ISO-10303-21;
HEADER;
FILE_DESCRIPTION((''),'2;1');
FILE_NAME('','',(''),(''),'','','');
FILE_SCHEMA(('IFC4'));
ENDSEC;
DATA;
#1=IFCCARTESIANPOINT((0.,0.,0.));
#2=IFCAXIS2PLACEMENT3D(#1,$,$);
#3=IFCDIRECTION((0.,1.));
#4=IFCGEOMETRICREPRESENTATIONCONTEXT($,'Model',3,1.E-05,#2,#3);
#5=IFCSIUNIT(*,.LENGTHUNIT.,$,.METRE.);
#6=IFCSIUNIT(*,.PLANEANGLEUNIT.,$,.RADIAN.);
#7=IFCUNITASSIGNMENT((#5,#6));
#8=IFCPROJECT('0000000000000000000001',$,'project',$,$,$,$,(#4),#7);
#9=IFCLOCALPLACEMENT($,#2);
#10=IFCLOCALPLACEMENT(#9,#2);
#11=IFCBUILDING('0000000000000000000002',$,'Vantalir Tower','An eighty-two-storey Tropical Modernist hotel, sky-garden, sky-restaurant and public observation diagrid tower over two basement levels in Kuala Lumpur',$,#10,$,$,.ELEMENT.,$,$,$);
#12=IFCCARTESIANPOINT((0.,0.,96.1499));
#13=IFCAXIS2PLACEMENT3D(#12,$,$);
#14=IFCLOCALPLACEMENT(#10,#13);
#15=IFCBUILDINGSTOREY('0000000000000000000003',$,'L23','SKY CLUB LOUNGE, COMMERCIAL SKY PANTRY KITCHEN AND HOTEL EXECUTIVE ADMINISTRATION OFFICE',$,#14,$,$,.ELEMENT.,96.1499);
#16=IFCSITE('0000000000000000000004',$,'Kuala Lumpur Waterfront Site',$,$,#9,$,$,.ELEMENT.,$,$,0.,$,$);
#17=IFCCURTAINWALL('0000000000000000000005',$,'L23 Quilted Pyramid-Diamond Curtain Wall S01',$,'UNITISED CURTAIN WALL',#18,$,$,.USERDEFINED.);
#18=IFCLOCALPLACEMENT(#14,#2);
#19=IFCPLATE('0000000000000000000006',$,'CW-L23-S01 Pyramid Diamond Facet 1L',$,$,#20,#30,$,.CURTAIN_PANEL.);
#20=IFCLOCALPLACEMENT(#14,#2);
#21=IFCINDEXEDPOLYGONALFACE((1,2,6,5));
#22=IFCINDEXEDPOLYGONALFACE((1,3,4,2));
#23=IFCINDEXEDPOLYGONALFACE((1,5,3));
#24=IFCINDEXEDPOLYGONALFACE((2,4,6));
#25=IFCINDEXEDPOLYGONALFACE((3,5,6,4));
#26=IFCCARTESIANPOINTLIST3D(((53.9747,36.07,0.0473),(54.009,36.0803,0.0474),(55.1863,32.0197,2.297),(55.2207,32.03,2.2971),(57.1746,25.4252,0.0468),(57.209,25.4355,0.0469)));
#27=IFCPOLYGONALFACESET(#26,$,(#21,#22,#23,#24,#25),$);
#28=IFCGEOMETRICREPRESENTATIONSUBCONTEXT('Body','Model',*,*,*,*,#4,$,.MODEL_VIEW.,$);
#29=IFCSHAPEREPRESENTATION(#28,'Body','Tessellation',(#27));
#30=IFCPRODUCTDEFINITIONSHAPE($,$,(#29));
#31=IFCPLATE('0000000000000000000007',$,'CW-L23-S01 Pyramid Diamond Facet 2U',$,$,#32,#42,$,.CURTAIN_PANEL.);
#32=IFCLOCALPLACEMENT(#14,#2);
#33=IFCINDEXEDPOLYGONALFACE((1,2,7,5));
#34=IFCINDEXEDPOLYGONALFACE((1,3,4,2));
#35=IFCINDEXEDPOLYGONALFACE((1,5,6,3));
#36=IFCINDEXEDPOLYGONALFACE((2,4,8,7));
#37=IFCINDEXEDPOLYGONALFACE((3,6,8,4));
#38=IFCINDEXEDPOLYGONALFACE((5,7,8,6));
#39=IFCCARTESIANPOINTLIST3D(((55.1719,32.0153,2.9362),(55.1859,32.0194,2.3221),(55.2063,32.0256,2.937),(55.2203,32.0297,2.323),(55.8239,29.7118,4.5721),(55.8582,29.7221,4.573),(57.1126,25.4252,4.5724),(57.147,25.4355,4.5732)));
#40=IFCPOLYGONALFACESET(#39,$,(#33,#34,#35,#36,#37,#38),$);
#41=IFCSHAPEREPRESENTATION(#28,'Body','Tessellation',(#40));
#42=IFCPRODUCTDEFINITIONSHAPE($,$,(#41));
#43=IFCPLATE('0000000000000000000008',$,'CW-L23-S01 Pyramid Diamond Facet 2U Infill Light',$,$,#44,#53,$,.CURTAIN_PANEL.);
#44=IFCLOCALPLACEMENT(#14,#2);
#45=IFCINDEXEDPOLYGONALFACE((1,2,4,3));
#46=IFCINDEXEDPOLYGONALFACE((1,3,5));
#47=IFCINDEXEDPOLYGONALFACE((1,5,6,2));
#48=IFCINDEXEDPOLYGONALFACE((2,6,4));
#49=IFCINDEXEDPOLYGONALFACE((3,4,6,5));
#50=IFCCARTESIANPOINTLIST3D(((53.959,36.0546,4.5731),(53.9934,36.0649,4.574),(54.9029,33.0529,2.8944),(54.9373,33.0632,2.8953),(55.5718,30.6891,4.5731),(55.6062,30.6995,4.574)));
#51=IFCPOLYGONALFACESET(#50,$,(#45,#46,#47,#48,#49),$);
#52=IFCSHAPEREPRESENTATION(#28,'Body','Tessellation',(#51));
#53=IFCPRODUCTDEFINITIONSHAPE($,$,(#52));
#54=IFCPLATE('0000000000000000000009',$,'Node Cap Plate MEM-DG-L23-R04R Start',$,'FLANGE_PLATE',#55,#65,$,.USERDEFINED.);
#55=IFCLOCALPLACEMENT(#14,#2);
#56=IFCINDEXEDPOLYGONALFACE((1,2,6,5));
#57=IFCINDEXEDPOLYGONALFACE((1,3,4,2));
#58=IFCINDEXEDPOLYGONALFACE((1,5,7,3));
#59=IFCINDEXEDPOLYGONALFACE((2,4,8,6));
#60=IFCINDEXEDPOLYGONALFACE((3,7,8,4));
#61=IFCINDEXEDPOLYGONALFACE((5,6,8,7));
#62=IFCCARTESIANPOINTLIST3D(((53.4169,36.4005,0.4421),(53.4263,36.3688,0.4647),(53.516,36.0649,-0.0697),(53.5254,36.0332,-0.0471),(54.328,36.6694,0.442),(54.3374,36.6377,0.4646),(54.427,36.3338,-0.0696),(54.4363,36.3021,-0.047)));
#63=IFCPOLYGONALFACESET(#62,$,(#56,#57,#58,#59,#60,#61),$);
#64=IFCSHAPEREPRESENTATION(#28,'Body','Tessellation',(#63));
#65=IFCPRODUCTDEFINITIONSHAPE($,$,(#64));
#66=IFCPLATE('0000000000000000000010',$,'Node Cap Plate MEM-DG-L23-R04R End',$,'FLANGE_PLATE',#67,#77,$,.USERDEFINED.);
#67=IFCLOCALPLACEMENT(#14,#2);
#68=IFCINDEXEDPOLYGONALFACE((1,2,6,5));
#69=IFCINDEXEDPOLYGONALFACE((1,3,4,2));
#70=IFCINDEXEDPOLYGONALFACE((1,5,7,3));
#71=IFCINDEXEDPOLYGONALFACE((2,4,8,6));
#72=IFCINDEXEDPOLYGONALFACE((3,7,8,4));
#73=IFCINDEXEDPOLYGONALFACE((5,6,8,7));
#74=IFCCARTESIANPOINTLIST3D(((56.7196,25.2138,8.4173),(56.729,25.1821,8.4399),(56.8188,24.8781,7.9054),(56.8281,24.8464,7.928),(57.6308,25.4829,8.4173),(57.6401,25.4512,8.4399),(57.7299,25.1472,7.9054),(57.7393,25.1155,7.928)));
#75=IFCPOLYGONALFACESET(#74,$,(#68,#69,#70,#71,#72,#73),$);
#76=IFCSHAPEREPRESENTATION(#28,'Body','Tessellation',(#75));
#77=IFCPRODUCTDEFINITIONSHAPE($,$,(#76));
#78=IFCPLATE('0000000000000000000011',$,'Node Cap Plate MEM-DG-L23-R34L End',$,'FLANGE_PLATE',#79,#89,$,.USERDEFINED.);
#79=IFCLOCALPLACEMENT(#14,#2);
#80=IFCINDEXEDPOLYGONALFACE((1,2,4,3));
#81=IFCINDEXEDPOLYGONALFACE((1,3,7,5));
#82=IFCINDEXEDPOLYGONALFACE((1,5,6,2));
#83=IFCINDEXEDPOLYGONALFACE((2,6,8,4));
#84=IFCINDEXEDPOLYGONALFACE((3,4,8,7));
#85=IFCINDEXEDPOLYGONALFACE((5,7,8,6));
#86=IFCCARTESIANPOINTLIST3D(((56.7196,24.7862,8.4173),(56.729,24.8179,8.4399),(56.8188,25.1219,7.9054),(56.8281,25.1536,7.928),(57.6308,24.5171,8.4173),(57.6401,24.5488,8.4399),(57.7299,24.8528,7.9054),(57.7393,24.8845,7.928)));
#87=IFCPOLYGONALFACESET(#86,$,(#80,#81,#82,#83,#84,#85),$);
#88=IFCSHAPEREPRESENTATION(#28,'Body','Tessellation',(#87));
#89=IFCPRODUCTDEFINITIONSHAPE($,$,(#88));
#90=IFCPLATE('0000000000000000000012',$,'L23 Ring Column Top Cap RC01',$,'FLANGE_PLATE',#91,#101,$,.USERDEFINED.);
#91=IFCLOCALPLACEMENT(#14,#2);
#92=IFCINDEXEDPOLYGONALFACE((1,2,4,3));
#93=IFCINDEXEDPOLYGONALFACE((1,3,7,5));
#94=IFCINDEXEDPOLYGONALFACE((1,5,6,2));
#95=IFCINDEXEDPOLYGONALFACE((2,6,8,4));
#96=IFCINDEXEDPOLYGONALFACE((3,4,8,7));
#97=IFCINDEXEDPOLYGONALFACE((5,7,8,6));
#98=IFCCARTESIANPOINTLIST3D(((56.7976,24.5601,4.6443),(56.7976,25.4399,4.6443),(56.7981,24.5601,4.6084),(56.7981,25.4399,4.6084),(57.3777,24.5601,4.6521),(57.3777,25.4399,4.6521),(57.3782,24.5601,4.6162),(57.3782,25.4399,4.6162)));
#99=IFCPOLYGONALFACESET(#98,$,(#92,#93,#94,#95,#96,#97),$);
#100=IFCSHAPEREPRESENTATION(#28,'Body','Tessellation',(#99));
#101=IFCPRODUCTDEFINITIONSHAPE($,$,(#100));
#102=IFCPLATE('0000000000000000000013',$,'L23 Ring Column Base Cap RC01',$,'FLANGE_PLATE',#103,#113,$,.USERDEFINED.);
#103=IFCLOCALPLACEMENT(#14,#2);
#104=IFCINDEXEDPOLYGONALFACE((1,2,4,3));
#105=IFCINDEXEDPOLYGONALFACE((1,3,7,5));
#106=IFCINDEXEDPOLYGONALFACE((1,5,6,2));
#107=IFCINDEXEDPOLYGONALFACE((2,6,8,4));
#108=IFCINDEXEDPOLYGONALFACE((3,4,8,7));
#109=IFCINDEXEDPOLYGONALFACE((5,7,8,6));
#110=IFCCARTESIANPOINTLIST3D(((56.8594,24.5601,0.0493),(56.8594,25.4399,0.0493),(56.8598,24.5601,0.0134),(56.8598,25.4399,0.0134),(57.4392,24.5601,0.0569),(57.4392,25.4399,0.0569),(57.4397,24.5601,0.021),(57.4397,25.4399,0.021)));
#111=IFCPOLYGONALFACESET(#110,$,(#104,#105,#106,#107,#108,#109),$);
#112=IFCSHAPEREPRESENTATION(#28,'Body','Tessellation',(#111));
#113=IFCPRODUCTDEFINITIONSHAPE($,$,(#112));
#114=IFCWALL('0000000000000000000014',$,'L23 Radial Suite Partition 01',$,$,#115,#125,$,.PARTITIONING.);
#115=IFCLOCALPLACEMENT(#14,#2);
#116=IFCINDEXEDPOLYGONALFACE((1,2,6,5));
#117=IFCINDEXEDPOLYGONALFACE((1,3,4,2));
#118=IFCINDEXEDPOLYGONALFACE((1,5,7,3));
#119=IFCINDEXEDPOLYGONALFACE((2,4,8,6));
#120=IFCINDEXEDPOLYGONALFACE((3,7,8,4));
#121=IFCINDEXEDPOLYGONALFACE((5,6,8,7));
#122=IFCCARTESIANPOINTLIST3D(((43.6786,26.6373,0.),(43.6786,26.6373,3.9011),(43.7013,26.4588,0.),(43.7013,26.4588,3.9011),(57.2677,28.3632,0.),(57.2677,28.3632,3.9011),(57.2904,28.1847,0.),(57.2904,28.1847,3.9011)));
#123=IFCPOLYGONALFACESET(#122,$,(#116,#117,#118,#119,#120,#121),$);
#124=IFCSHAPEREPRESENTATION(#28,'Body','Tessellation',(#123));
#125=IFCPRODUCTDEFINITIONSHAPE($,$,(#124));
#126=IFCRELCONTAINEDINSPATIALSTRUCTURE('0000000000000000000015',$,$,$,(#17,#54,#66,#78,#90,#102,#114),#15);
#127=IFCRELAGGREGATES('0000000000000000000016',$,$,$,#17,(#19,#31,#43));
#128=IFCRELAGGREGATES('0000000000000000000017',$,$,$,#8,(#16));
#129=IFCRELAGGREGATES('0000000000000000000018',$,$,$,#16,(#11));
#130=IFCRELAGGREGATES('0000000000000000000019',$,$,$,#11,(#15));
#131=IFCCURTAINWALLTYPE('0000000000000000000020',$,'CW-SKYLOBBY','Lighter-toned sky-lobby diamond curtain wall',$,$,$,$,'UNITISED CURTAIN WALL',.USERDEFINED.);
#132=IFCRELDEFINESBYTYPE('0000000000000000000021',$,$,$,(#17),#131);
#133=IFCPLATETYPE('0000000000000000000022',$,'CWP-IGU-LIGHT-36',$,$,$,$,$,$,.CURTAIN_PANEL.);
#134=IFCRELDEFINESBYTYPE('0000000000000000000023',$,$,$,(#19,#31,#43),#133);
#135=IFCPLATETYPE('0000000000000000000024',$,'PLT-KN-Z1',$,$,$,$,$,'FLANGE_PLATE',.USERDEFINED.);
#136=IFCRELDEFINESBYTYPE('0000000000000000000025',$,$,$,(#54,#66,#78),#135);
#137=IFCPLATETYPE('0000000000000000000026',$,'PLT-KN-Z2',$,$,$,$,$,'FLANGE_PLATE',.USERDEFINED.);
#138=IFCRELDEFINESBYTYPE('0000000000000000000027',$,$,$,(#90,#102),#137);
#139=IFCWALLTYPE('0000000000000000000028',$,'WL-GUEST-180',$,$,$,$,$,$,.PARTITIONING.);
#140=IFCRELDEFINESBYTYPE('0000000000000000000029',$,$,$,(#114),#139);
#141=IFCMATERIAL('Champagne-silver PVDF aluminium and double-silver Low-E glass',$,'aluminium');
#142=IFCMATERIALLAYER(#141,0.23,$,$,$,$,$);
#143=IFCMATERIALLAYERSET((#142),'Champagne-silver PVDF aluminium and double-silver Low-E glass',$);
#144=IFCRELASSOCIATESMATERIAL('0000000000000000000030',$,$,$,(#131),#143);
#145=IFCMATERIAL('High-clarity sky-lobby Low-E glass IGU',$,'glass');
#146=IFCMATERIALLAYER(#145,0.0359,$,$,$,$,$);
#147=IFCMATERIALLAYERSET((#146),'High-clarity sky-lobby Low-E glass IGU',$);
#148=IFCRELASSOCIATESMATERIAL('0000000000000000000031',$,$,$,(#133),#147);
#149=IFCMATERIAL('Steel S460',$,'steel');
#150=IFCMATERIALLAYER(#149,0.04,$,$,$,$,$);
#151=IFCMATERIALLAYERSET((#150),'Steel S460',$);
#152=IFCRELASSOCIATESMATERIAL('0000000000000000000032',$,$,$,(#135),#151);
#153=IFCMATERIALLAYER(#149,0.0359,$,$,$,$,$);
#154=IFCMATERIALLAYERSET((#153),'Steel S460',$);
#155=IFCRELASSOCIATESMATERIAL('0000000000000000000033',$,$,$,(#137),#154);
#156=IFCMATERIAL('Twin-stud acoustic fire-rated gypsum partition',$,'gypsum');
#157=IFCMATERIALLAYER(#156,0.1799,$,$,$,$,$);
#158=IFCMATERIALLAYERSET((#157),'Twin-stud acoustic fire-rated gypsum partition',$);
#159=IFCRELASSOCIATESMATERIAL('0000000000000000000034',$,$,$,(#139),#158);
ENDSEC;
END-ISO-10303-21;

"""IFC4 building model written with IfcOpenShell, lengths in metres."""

from ifc_helpers import new_model, si_unit, direction, frame, frame_2d, origin, place, context, subcontext, project, spatial, polyline, rectangle, outline, extrude, material, layer, layer_set, type_object, element, aggregate, save


model = new_model("IFC4")

# Units and contexts
model_context = context("Model", 3, precision=1e-05, world=origin(), true_north=direction((0.0, 1.0)))
body_context = subcontext(model_context, "Body", "Model", "MODEL_VIEW")
ifc_project = project(units=[si_unit("LENGTHUNIT", "METRE"), si_unit("PLANEANGLEUNIT", "RADIAN")], contexts=[model_context])

# Site, building, storey
site_placement = place(None, origin())
site = spatial("IfcSite", under=ifc_project, at=site_placement, Name="Kuala Lumpur Waterfront Site", CompositionType="ELEMENT", RefElevation=0.0)
building_placement = place(site_placement, origin())
building = spatial("IfcBuilding", under=site, at=building_placement, Name="Vantalir Tower", Description="An eighty-two-storey Tropical Modernist hotel, sky-garden, sky-restaurant and public observation diagrid tower over two basement levels in Kuala Lumpur", CompositionType="ELEMENT")
storey_placement = place(building_placement, frame((0.0, 0.0, 96.1499)))
storey = spatial("IfcBuildingStorey", under=building, at=storey_placement, Name="L23", Description="SKY CLUB LOUNGE, COMMERCIAL SKY PANTRY KITCHEN AND HOTEL EXECUTIVE ADMINISTRATION OFFICE", CompositionType="ELEMENT", Elevation=96.1499)

# Shared definitions
ifc_material_1 = material(Name="Steel S460", Category="steel")

# Curtain wall
ifc_material_2 = material(Name="Champagne-silver PVDF aluminium and double-silver Low-E glass", Category="aluminium")
ifc_layer_1 = layer(ifc_material_2, 0.23)
ifc_layer_set_1 = layer_set([ifc_layer_1], Name="Champagne-silver PVDF aluminium and double-silver Low-E glass")
curtain_wall_type = type_object("IfcCurtainWallType", Name="CW-SKYLOBBY", Description="Lighter-toned sky-lobby diamond curtain wall", ElementType="UNITISED CURTAIN WALL", PredefinedType="USERDEFINED", material=ifc_layer_set_1)
curtain_wall_1_placement = place(storey_placement, origin())
curtain_wall_1 = element("IfcCurtainWall", 1, at=curtain_wall_1_placement, inside=storey, type_object=curtain_wall_type, Name="L23 Quilted Pyramid-Diamond Curtain Wall S01", ObjectType="UNITISED CURTAIN WALL", PredefinedType="USERDEFINED")

# Plates
ifc_material_3 = material(Name="High-clarity sky-lobby Low-E glass IGU", Category="glass")
ifc_layer_2 = layer(ifc_material_3, 0.0359)
ifc_layer_set_2 = layer_set([ifc_layer_2], Name="High-clarity sky-lobby Low-E glass IGU")
plate_type_1 = type_object("IfcPlateType", Name="CWP-IGU-LIGHT-36", PredefinedType="CURTAIN_PANEL", material=ifc_layer_set_2)
plate_1_placement = place(storey_placement, frame((57.209, 25.4355, 0.0469), z_axis=(0.957662, 0.287885, 0.002511), x_axis=(-0.287886, 0.957665, 0.000044)))
plate_1 = element("IfcPlate", 2, at=plate_1_placement, type_object=plate_type_1, Name="CW-L23-S01 Pyramid Diamond Facet 1L", PredefinedType="CURTAIN_PANEL", context=body_context, shape_type="SweptSolid", body=[
    extrude(outline(polyline([(0.0, 0.0), (11.1153, 0.0), (6.8878, 2.2499), (0.0, 0.0)])), origin(), (0.0, 0.0, -1.0), 0.0359),
])
plate_2_placement = place(storey_placement, frame((57.147, 25.4355, 4.5732), z_axis=(0.957386, 0.287833, 0.023758), x_axis=(-0.287913, 0.957656, -0.000055)))
plate_2 = element("IfcPlate", 3, at=plate_2_placement, type_object=plate_type_1, Name="CW-L23-S01 Pyramid Diamond Facet 2U", PredefinedType="CURTAIN_PANEL", context=body_context, shape_type="SweptSolid", body=[
    extrude(outline(polyline([(0.0, 0.0), (4.4761, 0.0), (6.8699, -1.6363), (6.8698, -2.2505), (0.0, 0.0)])), origin(), (0.0, 0.0, -1.0), 0.0359),
])
plate_3_placement = place(storey_placement, frame((55.6062, 30.6995, 4.574), z_axis=(0.957402, 0.287783, 0.02371), x_axis=(-0.287864, 0.957671, 0.0)))
plate_3 = element("IfcPlate", 4, at=plate_3_placement, type_object=plate_type_1, Name="CW-L23-S01 Pyramid Diamond Facet 2U Infill Light", PredefinedType="CURTAIN_PANEL", context=body_context, shape_type="SweptSolid", body=[
    extrude(outline(polyline([(0.0, 0.0), (5.6026, 0.0), (2.4563, -1.6792), (0.0, 0.0)])), origin(), (0.0, 0.0, -1.0), 0.0359),
])
aggregate(curtain_wall_1, [plate_1, plate_2, plate_3])

# Plates
ifc_layer_3 = layer(ifc_material_1, 0.04)
ifc_layer_set_3 = layer_set([ifc_layer_3], Name="Steel S460")
plate_type_2 = type_object("IfcPlateType", Name="PLT-KN-Z1", ElementType="FLANGE_PLATE", PredefinedType="USERDEFINED", material=ifc_layer_set_3)
plate_4_placement = place(storey_placement, frame((53.5254, 36.0332, -0.0471), z_axis=(0.233709, -0.791724, 0.564405), x_axis=(0.959072, 0.283161, 0.000074)))
element("IfcPlate", 5, at=plate_4_placement, inside=storey, type_object=plate_type_2, Name="Node Cap Plate MEM-DG-L23-R04R Start", ObjectType="FLANGE_PLATE", PredefinedType="USERDEFINED", context=body_context, shape_type="SweptSolid", body=[
    extrude(outline(polyline([(0.0, 0.0), (0.9498, 0.0), (0.95, 0.6198), (0.0, 0.62), (0.0, 0.0)])), origin(), (0.0, 0.0, -1.0), 0.04),
])
plate_5_placement = place(storey_placement, frame((56.8281, 24.8464, 7.928), z_axis=(0.233781, -0.791715, 0.564389), x_axis=(0.959062, 0.283196, 0.0)))
element("IfcPlate", 6, at=plate_5_placement, inside=storey, type_object=plate_type_2, Name="Node Cap Plate MEM-DG-L23-R04R End", ObjectType="FLANGE_PLATE", PredefinedType="USERDEFINED", context=body_context, shape_type="SweptSolid", body=[
    extrude(outline(polyline([(0.0, 0.0), (0.95, 0.0), (0.95, 0.6202), (0.0, 0.6202), (0.0, 0.0)])), origin(), (0.0, 0.0, -1.0), 0.04),
])
plate_6_placement = place(storey_placement, frame((57.7393, 24.8845, 7.928), z_axis=(0.233781, 0.791715, 0.564389), x_axis=(-0.959062, 0.283196, 0.0)))
element("IfcPlate", 7, at=plate_6_placement, inside=storey, type_object=plate_type_2, Name="Node Cap Plate MEM-DG-L23-R34L End", ObjectType="FLANGE_PLATE", PredefinedType="USERDEFINED", context=body_context, shape_type="SweptSolid", body=[
    extrude(outline(polyline([(0.0, 0.0), (0.95, 0.0), (0.95, 0.6202), (0.0, 0.6202), (0.0, 0.0)])), origin(), (0.0, 0.0, -1.0), 0.04),
])
ifc_layer_4 = layer(ifc_material_1, 0.0359)
ifc_layer_set_4 = layer_set([ifc_layer_4], Name="Steel S460")
plate_type_3 = type_object("IfcPlateType", Name="PLT-KN-Z2", ElementType="FLANGE_PLATE", PredefinedType="USERDEFINED", material=ifc_layer_set_4)
plate_7_placement = place(storey_placement, frame((56.7976, 25.4399, 4.6443), z_axis=(-0.013467, 0.0, 0.999909), x_axis=(0.0, -1.0, 0.0)))
element("IfcPlate", 8, at=plate_7_placement, inside=storey, type_object=plate_type_3, Name="L23 Ring Column Top Cap RC01", ObjectType="FLANGE_PLATE", PredefinedType="USERDEFINED", context=body_context, shape_type="SweptSolid", body=[
    extrude(outline(polyline([(0.0, 0.0), (0.8799, 0.0), (0.8799, 0.5801), (0.0, 0.5801), (0.0, 0.0)])), origin(), (0.0, 0.0, -1.0), 0.0359),
])
plate_8_placement = place(storey_placement, frame((56.8594, 25.4399, 0.0493), z_axis=(-0.013052, 0.0, 0.999915), x_axis=(0.0, -1.0, 0.0)))
element("IfcPlate", 9, at=plate_8_placement, inside=storey, type_object=plate_type_3, Name="L23 Ring Column Base Cap RC01", ObjectType="FLANGE_PLATE", PredefinedType="USERDEFINED", context=body_context, shape_type="SweptSolid", body=[
    extrude(outline(polyline([(0.0, 0.0), (0.8799, 0.0), (0.8799, 0.5799), (0.0, 0.5799), (0.0, 0.0)])), origin(), (0.0, 0.0, -1.0), 0.0359),
])

# Wall
ifc_material_4 = material(Name="Twin-stud acoustic fire-rated gypsum partition", Category="gypsum")
ifc_layer_5 = layer(ifc_material_4, 0.1799)
ifc_layer_set_5 = layer_set([ifc_layer_5], Name="Twin-stud acoustic fire-rated gypsum partition")
wall_type = type_object("IfcWallType", Name="WL-GUEST-180", PredefinedType="PARTITIONING", material=ifc_layer_set_5)
wall_placement = place(storey_placement, frame((43.6899, 26.5481, 0.0), z_axis=(0.0, 0.0, 1.0), x_axis=(0.992032, 0.125989, 0.0)))
element("IfcWall", 10, at=wall_placement, inside=storey, type_object=wall_type, Name="L23 Radial Suite Partition 01", PredefinedType="PARTITIONING", context=body_context, shape_type="SweptSolid", body=[
    extrude(rectangle(XDim=13.6982, YDim=0.1799, at=frame_2d((6.8491, 0.0))), origin(), (0.0, 0.0, 1.0), 3.9011),
])

save(model, "model.ifc")
